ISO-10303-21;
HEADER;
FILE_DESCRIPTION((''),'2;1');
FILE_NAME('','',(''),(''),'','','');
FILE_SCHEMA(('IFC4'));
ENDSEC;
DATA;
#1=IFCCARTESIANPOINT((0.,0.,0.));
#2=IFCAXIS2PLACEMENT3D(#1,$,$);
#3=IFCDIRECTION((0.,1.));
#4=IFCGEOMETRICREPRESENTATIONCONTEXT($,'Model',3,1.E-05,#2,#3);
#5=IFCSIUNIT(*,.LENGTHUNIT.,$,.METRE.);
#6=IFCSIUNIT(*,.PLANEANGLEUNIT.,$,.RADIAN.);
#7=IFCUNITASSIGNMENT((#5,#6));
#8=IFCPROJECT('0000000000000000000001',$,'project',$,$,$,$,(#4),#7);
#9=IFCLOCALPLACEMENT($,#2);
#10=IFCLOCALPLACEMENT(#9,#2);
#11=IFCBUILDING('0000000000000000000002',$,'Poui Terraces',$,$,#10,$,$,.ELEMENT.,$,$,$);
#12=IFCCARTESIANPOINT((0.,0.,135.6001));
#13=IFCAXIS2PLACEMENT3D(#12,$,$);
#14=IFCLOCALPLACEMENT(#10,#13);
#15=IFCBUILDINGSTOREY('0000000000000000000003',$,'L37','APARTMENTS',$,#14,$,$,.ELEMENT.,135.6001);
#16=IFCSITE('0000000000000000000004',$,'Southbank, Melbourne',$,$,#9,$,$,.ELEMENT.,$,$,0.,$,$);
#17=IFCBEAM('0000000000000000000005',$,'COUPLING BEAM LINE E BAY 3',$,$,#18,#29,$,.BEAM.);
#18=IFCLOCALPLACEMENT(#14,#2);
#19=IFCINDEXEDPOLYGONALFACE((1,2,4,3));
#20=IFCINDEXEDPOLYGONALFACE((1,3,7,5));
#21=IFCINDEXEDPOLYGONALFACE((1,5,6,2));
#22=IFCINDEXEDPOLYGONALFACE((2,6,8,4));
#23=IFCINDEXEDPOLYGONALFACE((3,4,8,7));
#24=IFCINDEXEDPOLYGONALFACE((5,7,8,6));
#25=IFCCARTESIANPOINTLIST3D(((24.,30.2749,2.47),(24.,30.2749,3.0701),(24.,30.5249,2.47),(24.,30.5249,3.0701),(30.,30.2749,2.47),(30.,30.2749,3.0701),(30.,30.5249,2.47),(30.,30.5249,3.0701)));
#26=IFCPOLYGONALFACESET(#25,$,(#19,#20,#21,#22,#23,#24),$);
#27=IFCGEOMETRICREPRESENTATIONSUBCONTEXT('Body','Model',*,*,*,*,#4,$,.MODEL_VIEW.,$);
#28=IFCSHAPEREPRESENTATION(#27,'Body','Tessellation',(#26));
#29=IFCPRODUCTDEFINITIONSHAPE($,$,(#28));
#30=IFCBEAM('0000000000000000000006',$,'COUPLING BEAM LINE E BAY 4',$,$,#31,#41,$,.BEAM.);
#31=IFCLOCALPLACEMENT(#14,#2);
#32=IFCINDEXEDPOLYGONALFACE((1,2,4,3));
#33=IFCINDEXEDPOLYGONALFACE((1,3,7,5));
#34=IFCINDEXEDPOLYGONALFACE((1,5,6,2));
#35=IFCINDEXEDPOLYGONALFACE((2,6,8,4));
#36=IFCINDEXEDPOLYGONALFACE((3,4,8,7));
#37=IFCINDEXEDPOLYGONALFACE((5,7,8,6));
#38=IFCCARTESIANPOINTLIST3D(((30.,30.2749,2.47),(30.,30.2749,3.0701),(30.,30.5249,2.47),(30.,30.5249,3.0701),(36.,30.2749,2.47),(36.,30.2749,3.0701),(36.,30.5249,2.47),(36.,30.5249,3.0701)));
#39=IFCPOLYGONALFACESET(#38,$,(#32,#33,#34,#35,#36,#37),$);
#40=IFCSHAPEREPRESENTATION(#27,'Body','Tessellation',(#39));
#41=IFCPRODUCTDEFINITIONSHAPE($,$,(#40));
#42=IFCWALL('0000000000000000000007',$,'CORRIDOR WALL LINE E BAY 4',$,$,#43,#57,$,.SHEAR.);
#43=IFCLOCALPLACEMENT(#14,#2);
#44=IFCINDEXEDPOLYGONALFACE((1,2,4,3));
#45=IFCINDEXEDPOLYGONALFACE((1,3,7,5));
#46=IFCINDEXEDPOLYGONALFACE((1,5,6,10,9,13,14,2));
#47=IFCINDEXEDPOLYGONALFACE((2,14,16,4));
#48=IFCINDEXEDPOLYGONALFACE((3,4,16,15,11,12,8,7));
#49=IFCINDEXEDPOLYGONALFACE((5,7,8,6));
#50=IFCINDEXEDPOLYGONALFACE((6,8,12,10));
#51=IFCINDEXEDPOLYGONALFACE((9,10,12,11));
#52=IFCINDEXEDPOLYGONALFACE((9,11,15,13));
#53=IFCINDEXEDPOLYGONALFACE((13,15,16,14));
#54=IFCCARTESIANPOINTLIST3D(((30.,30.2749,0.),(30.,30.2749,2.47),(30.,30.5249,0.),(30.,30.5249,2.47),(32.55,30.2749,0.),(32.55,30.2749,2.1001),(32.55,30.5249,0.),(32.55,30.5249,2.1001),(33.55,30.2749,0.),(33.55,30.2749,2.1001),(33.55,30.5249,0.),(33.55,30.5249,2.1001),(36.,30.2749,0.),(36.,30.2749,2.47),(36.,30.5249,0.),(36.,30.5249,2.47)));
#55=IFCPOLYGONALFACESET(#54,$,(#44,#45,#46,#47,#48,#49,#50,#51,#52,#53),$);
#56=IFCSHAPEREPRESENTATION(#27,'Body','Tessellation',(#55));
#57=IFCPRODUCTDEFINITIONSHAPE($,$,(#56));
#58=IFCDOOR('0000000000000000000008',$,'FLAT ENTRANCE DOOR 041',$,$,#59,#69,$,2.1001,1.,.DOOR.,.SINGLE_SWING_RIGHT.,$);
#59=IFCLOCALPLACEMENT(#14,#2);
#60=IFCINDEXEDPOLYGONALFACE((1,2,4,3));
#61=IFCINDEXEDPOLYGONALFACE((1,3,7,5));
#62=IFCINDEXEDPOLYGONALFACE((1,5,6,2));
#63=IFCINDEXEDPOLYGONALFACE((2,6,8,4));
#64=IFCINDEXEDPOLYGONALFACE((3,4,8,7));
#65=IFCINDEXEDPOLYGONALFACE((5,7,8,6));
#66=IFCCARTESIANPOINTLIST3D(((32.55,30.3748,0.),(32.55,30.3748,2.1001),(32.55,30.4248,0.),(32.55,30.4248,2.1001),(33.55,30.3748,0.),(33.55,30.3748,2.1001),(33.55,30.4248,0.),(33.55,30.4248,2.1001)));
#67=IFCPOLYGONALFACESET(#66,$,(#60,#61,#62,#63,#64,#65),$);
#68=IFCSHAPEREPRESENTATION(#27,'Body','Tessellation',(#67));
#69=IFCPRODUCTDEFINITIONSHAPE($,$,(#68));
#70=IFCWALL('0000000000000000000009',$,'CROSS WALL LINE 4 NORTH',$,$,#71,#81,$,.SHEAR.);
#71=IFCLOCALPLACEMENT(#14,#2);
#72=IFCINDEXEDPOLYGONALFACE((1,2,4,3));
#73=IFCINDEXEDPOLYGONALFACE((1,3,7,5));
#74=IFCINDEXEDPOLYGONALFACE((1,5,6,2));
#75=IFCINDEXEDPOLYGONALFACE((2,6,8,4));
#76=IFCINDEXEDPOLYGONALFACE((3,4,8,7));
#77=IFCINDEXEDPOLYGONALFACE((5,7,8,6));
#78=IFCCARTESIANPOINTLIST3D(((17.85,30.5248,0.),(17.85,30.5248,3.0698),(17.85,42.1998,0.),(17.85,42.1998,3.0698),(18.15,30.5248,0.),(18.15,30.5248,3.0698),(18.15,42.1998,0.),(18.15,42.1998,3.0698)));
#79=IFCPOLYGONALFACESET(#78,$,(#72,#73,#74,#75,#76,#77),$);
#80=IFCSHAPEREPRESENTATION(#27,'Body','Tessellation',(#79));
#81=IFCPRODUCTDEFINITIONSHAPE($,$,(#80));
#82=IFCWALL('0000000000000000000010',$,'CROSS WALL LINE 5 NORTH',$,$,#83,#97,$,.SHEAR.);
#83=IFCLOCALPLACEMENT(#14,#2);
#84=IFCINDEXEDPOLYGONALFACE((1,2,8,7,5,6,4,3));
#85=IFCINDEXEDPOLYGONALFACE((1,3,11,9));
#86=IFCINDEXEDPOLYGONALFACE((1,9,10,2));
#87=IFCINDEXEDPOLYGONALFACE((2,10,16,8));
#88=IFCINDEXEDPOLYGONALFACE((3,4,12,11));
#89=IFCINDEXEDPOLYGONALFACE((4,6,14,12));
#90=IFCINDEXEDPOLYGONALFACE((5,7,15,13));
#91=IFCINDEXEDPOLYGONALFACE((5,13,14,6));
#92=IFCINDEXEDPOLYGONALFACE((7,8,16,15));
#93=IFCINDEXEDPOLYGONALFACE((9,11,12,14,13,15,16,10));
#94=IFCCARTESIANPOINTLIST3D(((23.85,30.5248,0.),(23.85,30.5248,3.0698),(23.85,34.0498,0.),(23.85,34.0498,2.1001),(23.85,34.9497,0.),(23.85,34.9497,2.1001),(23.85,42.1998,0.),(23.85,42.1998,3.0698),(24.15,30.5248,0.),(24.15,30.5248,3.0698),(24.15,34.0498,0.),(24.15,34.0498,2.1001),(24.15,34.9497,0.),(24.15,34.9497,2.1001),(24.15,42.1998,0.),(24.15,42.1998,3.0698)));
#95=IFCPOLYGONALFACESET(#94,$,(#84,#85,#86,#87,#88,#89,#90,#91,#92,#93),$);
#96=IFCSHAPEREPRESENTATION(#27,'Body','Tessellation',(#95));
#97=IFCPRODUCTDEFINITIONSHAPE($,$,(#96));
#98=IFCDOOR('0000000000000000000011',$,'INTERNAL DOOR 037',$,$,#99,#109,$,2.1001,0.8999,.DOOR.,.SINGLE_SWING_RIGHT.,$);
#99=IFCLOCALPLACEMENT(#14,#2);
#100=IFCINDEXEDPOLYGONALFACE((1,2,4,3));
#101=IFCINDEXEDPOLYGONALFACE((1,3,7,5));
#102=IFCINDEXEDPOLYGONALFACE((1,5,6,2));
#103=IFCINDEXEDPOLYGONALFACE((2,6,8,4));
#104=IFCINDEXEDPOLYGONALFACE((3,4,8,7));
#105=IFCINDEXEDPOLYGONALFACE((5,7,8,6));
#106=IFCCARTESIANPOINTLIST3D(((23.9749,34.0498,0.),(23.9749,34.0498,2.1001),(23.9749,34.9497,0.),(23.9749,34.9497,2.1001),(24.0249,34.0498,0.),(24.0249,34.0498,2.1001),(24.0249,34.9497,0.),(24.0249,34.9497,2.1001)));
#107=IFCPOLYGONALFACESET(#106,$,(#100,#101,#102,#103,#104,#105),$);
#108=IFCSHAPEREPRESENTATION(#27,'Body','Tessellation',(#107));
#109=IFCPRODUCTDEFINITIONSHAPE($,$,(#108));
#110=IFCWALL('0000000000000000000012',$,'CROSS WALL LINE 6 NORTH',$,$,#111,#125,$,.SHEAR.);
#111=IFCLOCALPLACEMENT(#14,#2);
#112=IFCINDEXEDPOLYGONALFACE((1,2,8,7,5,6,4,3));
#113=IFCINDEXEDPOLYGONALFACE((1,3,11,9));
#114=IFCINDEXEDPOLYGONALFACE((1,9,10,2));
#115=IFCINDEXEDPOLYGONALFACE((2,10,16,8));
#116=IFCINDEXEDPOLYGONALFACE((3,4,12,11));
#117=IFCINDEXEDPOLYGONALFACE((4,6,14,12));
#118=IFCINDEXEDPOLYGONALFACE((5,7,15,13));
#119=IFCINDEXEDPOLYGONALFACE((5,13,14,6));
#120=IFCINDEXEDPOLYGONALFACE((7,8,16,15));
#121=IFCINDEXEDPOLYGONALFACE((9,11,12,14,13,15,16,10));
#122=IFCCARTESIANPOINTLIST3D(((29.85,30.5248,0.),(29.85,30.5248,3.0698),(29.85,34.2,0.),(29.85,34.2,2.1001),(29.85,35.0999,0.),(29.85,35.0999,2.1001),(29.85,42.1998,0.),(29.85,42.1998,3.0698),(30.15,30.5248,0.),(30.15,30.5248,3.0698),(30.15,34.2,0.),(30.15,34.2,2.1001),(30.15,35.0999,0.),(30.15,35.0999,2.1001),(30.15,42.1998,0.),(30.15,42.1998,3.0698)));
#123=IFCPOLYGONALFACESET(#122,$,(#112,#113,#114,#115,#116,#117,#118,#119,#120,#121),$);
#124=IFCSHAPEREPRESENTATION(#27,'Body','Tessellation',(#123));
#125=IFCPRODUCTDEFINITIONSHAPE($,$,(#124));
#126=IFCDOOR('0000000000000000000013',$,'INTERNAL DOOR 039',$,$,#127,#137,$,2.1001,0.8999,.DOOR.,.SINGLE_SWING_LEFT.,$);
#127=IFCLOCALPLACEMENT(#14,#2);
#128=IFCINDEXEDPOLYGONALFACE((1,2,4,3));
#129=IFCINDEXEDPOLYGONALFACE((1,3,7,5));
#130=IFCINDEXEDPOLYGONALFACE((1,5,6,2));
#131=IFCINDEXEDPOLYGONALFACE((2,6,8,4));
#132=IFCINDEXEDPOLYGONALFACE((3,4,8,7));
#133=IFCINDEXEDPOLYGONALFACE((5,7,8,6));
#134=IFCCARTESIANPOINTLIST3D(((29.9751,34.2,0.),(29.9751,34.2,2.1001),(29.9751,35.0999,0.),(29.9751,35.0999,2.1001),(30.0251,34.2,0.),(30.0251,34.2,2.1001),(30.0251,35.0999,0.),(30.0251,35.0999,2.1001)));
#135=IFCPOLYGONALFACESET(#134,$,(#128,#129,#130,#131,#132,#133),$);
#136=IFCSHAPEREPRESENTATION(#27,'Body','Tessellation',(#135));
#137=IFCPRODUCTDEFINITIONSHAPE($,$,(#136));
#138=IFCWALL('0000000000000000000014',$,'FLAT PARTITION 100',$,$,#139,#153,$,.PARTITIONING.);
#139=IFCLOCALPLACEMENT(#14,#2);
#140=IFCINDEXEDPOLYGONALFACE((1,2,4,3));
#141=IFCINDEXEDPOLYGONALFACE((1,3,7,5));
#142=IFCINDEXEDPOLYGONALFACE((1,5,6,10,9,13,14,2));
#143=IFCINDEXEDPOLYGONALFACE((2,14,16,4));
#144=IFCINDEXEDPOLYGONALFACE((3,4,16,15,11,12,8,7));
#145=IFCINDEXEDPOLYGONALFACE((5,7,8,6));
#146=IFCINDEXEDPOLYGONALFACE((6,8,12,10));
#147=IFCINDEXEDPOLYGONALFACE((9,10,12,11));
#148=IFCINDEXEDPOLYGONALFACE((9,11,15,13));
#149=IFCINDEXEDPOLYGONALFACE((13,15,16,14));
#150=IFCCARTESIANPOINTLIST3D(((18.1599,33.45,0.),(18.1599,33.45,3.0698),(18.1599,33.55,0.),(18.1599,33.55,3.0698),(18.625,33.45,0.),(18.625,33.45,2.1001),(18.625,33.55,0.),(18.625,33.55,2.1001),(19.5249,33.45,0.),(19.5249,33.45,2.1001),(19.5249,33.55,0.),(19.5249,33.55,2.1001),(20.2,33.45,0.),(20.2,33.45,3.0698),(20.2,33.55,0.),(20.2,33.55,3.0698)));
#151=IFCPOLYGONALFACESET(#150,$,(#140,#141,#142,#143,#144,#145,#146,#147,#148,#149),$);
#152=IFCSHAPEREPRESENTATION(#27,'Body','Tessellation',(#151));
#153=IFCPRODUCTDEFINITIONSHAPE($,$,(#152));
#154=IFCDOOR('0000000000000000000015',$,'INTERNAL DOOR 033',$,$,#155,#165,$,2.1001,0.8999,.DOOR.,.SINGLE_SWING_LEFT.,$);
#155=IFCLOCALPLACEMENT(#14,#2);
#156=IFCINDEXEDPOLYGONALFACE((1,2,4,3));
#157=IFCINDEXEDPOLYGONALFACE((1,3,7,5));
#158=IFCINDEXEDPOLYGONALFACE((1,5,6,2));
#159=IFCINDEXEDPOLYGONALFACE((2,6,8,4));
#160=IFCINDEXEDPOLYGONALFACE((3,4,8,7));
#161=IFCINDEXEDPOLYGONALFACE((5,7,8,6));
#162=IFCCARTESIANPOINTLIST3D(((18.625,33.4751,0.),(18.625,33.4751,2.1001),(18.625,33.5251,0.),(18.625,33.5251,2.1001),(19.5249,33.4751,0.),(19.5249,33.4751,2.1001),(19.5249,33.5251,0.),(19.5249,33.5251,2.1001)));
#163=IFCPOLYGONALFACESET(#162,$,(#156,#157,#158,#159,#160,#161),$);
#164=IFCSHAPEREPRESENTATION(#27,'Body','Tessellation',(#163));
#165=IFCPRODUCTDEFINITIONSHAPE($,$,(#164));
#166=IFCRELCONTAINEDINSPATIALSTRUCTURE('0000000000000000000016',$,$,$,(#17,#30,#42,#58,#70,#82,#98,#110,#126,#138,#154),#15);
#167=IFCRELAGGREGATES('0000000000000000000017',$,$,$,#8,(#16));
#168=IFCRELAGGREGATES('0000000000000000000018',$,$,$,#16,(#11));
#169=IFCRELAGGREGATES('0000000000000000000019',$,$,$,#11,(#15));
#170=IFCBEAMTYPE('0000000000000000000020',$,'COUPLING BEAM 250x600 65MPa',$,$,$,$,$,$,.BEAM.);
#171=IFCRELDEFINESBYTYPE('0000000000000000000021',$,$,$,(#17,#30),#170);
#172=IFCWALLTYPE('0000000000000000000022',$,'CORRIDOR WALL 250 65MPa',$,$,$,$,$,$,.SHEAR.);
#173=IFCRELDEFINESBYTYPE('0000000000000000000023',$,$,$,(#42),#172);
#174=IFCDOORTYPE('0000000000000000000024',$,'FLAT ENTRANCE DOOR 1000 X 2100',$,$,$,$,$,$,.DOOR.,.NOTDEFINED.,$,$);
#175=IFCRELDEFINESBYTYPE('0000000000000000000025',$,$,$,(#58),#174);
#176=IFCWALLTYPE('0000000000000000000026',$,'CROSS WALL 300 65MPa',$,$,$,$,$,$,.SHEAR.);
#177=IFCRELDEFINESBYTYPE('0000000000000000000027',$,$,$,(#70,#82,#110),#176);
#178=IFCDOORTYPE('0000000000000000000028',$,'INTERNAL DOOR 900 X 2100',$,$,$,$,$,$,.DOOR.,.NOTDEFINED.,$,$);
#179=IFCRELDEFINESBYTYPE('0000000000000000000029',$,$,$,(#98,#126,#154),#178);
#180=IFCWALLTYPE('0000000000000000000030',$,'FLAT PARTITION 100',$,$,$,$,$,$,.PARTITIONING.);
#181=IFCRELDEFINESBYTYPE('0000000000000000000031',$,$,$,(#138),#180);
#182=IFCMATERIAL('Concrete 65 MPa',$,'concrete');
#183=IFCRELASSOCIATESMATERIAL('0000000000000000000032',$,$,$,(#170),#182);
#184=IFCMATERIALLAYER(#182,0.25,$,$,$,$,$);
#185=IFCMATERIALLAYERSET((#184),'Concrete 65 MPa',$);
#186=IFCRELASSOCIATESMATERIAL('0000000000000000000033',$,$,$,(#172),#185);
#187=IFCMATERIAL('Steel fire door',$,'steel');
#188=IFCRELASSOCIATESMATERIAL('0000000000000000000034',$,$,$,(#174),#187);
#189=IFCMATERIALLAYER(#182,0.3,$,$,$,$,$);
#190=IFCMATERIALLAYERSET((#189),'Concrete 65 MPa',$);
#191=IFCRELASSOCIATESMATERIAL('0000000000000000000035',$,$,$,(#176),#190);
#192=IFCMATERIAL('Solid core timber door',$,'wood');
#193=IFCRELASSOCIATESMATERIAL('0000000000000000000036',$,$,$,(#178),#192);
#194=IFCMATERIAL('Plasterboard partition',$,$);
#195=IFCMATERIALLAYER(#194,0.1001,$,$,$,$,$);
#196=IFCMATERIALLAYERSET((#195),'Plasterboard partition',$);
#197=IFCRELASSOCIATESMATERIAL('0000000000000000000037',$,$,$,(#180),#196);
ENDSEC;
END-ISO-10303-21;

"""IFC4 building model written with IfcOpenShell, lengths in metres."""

from ifc_helpers import new_model, si_unit, direction, frame, frame_2d, origin, origin_2d, place, context, subcontext, project, spatial, rectangle, extrude, source, transform, mapped, material, layer, layer_set, material_profile, profile_set, type_object, element, fill, save


model = new_model("IFC4")

# Units and contexts
model_context = context("Model", 3, precision=1e-05, world=origin(), true_north=direction((0.0, 1.0)))
body_context = subcontext(model_context, "Body", "Model", "MODEL_VIEW")
ifc_project = project(units=[si_unit("LENGTHUNIT", "METRE"), si_unit("PLANEANGLEUNIT", "RADIAN")], contexts=[model_context])

# Site, building, storey
site_placement = place(None, origin())
site = spatial("IfcSite", under=ifc_project, at=site_placement, Name="Southbank, Melbourne", CompositionType="ELEMENT", RefElevation=0.0)
building_placement = place(site_placement, origin())
building = spatial("IfcBuilding", under=site, at=building_placement, Name="Poui Terraces", CompositionType="ELEMENT")
storey_placement = place(building_placement, frame((0.0, 0.0, 135.6001)))
storey = spatial("IfcBuildingStorey", under=building, at=storey_placement, Name="L37", Description="APARTMENTS", CompositionType="ELEMENT", Elevation=135.6001)

# Beams
ifc_material_1 = material(Name="Concrete 65 MPa", Category="concrete")
ifc_material_profile_1 = material_profile(ifc_material_1, rectangle(XDim=0.25, YDim=0.6001, at=origin_2d()), Name="RC 250x600")
ifc_profile_set_1 = profile_set([ifc_material_profile_1], Name="Concrete 65 MPa")
beam_type = type_object("IfcBeamType", Name="COUPLING BEAM 250x600 65MPa", PredefinedType="BEAM", material=ifc_profile_set_1)
shared_shape_1 = source(origin(), body_context, "Body", "SweptSolid", [
    extrude(rectangle(XDim=0.25, YDim=0.6001, at=origin_2d()), origin(), (0.0, 0.0, 1.0), 6.0),
])
for number, where, z_axis, x_axis, name in (
    (1, (24.0, 30.3999, 2.77), (1.0, 0.0, 0.0), (0.0, 1.0, 0.0), "COUPLING BEAM LINE E BAY 3"),
    (2, (30.0, 30.3999, 2.77), (1.0, 0.0, 0.0), (0.0, 1.0, 0.0), "COUPLING BEAM LINE E BAY 4"),
):
    element("IfcBeam", number, at=place(storey_placement, frame(where, z_axis=z_axis, x_axis=x_axis)), inside=storey, type_object=beam_type, Name=name, PredefinedType="BEAM", context=body_context, shape_type="MappedRepresentation", body=[
        mapped(shared_shape_1, transform((0.0, 0.0, 0.0))),
    ])

# Wall, opening, door
ifc_layer_1 = layer(ifc_material_1, 0.25)
ifc_layer_set_1 = layer_set([ifc_layer_1], Name="Concrete 65 MPa")
wall_type_1 = type_object("IfcWallType", Name="CORRIDOR WALL 250 65MPa", PredefinedType="SHEAR", material=ifc_layer_set_1)
wall_1_placement = place(storey_placement, frame((30.0, 30.3999, 0.0), z_axis=(0.0, 0.0, 1.0), x_axis=(1.0, 0.0, 0.0)))
wall_1 = element("IfcWall", 3, at=wall_1_placement, inside=storey, type_object=wall_type_1, Name="CORRIDOR WALL LINE E BAY 4", PredefinedType="SHEAR", context=body_context, shape_type="SweptSolid", body=[
    extrude(rectangle(XDim=6.0, YDim=0.25, at=frame_2d((3.0, 0.0))), origin(), (0.0, 0.0, 1.0), 2.47),
])
opening_1_placement = place(wall_1_placement, frame((2.55, 0.0, 0.0)))
opening_1 = element("IfcOpeningElement", 4, at=opening_1_placement, cuts=wall_1, PredefinedType="OPENING", context=body_context, shape_type="SweptSolid", body=[
    extrude(rectangle(XDim=1.0, YDim=2.1001, at=frame_2d((0.5, 1.05))), frame((0.0, 0.135, 0.0), z_axis=(0.0, -1.0, 0.0), x_axis=(1.0, 0.0, 0.0)), (0.0, 0.0, 1.0), 0.27),
])
ifc_material_2 = material(Name="Steel fire door", Category="steel")
door_type_1 = type_object("IfcDoorType", Name="FLAT ENTRANCE DOOR 1000 X 2100", OperationType="NOTDEFINED", PredefinedType="DOOR", material=ifc_material_2)
door_1_placement = place(opening_1_placement, origin())
door_1 = element("IfcDoor", 5, at=door_1_placement, inside=storey, type_object=door_type_1, Name="FLAT ENTRANCE DOOR 041", OperationType="SINGLE_SWING_RIGHT", OverallHeight=2.1001, OverallWidth=1.0, PredefinedType="DOOR", context=body_context, shape_type="SweptSolid", body=[
    extrude(rectangle(XDim=1.0, YDim=2.1001, at=frame_2d((0.5, 1.05))), frame((0.0, 0.0249, 0.0), z_axis=(0.0, -1.0, 0.0), x_axis=(1.0, 0.0, 0.0)), (0.0, 0.0, 1.0), 0.05),
])
fill(opening_1, door_1)

# Wall
ifc_layer_2 = layer(ifc_material_1, 0.3)
ifc_layer_set_2 = layer_set([ifc_layer_2], Name="Concrete 65 MPa")
wall_type_2 = type_object("IfcWallType", Name="CROSS WALL 300 65MPa", PredefinedType="SHEAR", material=ifc_layer_set_2)
wall_2_placement = place(storey_placement, frame((18.0, 30.5249, 0.0), z_axis=(0.0, 0.0, 1.0), x_axis=(0.0, 1.0, 0.0)))
element("IfcWall", 6, at=wall_2_placement, inside=storey, type_object=wall_type_2, Name="CROSS WALL LINE 4 NORTH", PredefinedType="SHEAR", context=body_context, shape_type="SweptSolid", body=[
    extrude(rectangle(XDim=11.675, YDim=0.3, at=frame_2d((5.8374, 0.0))), origin(), (0.0, 0.0, 1.0), 3.0698),
])

# Walls, openings, doors
wall_3_placement = place(storey_placement, frame((24.0, 30.5249, 0.0), z_axis=(0.0, 0.0, 1.0), x_axis=(0.0, 1.0, 0.0)))
wall_3 = element("IfcWall", 7, at=wall_3_placement, inside=storey, type_object=wall_type_2, Name="CROSS WALL LINE 5 NORTH", PredefinedType="SHEAR", context=body_context, shape_type="SweptSolid", body=[
    extrude(rectangle(XDim=11.675, YDim=0.3, at=frame_2d((5.8374, 0.0))), origin(), (0.0, 0.0, 1.0), 3.0698),
])
opening_2_placement = place(wall_3_placement, frame((3.5249, 0.0, 0.0)))
opening_2 = element("IfcOpeningElement", 8, at=opening_2_placement, cuts=wall_3, PredefinedType="OPENING", context=body_context, shape_type="SweptSolid", body=[
    extrude(rectangle(XDim=0.8999, YDim=2.1001, at=frame_2d((0.45, 1.05))), frame((0.0, 0.1602, 0.0), z_axis=(0.0, -1.0, 0.0), x_axis=(1.0, 0.0, 0.0)), (0.0, 0.0, 1.0), 0.3201),
])
ifc_material_3 = material(Name="Solid core timber door", Category="wood")
door_type_2 = type_object("IfcDoorType", Name="INTERNAL DOOR 900 X 2100", OperationType="NOTDEFINED", PredefinedType="DOOR", material=ifc_material_3)
door_2_placement = place(opening_2_placement, frame((0.8999, 0.0, 0.0), z_axis=(0.0, 0.0, 1.0), x_axis=(-1.0, 0.0, 0.0)))
door_2 = element("IfcDoor", 9, at=door_2_placement, inside=storey, type_object=door_type_2, Name="INTERNAL DOOR 037", OperationType="SINGLE_SWING_RIGHT", OverallHeight=2.1001, OverallWidth=0.8999, PredefinedType="DOOR", context=body_context, shape_type="SweptSolid", body=[
    extrude(rectangle(XDim=0.8999, YDim=2.1001, at=frame_2d((0.45, 1.05))), frame((0.0, 0.0249, 0.0), z_axis=(0.0, -1.0, 0.0), x_axis=(1.0, 0.0, 0.0)), (0.0, 0.0, 1.0), 0.05),
])
fill(opening_2, door_2)
wall_4_placement = place(storey_placement, frame((30.0, 30.5249, 0.0), z_axis=(0.0, 0.0, 1.0), x_axis=(0.0, 1.0, 0.0)))
wall_4 = element("IfcWall", 10, at=wall_4_placement, inside=storey, type_object=wall_type_2, Name="CROSS WALL LINE 6 NORTH", PredefinedType="SHEAR", context=body_context, shape_type="SweptSolid", body=[
    extrude(rectangle(XDim=11.675, YDim=0.3, at=frame_2d((5.8374, 0.0))), origin(), (0.0, 0.0, 1.0), 3.0698),
])
opening_3_placement = place(wall_4_placement, frame((3.675, 0.0, 0.0)))
opening_3 = element("IfcOpeningElement", 11, at=opening_3_placement, cuts=wall_4, PredefinedType="OPENING", context=body_context, shape_type="SweptSolid", body=[
    extrude(rectangle(XDim=0.8999, YDim=2.1001, at=frame_2d((0.45, 1.05))), frame((0.0, 0.1602, 0.0), z_axis=(0.0, -1.0, 0.0), x_axis=(1.0, 0.0, 0.0)), (0.0, 0.0, 1.0), 0.3201),
])
door_3_placement = place(opening_3_placement, origin())
door_3 = element("IfcDoor", 12, at=door_3_placement, inside=storey, type_object=door_type_2, Name="INTERNAL DOOR 039", OperationType="SINGLE_SWING_LEFT", OverallHeight=2.1001, OverallWidth=0.8999, PredefinedType="DOOR", context=body_context, shape_type="SweptSolid", body=[
    extrude(rectangle(XDim=0.8999, YDim=2.1001, at=frame_2d((0.45, 1.05))), frame((0.0, 0.0249, 0.0), z_axis=(0.0, -1.0, 0.0), x_axis=(1.0, 0.0, 0.0)), (0.0, 0.0, 1.0), 0.05),
])
fill(opening_3, door_3)
ifc_material_4 = material(Name="Plasterboard partition")
ifc_layer_3 = layer(ifc_material_4, 0.1001)
ifc_layer_set_3 = layer_set([ifc_layer_3], Name="Plasterboard partition")
wall_type_3 = type_object("IfcWallType", Name="FLAT PARTITION 100", PredefinedType="PARTITIONING", material=ifc_layer_set_3)
wall_5_placement = place(storey_placement, frame((18.1599, 33.5, 0.0), z_axis=(0.0, 0.0, 1.0), x_axis=(1.0, 0.0, 0.0)))
wall_5 = element("IfcWall", 13, at=wall_5_placement, inside=storey, type_object=wall_type_3, Name="FLAT PARTITION 100", PredefinedType="PARTITIONING", context=body_context, shape_type="SweptSolid", body=[
    extrude(rectangle(XDim=2.04, YDim=0.1001, at=frame_2d((1.02, 0.0))), origin(), (0.0, 0.0, 1.0), 3.0698),
])
opening_4_placement = place(wall_5_placement, frame((0.4651, 0.0, 0.0)))
opening_4 = element("IfcOpeningElement", 14, at=opening_4_placement, cuts=wall_5, PredefinedType="OPENING", context=body_context, shape_type="SweptSolid", body=[
    extrude(rectangle(XDim=0.8999, YDim=2.1001, at=frame_2d((0.45, 1.05))), frame((0.0, 0.0601, 0.0), z_axis=(0.0, -1.0, 0.0), x_axis=(1.0, 0.0, 0.0)), (0.0, 0.0, 1.0), 0.1201),
])
door_4_placement = place(opening_4_placement, frame((0.8999, 0.0, 0.0), z_axis=(0.0, 0.0, 1.0), x_axis=(-1.0, 0.0, 0.0)))
door_4 = element("IfcDoor", 15, at=door_4_placement, inside=storey, type_object=door_type_2, Name="INTERNAL DOOR 033", OperationType="SINGLE_SWING_LEFT", OverallHeight=2.1001, OverallWidth=0.8999, PredefinedType="DOOR", context=body_context, shape_type="SweptSolid", body=[
    extrude(rectangle(XDim=0.8999, YDim=2.1001, at=frame_2d((0.45, 1.05))), frame((0.0, 0.0249, 0.0), z_axis=(0.0, -1.0, 0.0), x_axis=(1.0, 0.0, 0.0)), (0.0, 0.0, 1.0), 0.05),
])
fill(opening_4, door_4)

save(model, "model.ifc")
